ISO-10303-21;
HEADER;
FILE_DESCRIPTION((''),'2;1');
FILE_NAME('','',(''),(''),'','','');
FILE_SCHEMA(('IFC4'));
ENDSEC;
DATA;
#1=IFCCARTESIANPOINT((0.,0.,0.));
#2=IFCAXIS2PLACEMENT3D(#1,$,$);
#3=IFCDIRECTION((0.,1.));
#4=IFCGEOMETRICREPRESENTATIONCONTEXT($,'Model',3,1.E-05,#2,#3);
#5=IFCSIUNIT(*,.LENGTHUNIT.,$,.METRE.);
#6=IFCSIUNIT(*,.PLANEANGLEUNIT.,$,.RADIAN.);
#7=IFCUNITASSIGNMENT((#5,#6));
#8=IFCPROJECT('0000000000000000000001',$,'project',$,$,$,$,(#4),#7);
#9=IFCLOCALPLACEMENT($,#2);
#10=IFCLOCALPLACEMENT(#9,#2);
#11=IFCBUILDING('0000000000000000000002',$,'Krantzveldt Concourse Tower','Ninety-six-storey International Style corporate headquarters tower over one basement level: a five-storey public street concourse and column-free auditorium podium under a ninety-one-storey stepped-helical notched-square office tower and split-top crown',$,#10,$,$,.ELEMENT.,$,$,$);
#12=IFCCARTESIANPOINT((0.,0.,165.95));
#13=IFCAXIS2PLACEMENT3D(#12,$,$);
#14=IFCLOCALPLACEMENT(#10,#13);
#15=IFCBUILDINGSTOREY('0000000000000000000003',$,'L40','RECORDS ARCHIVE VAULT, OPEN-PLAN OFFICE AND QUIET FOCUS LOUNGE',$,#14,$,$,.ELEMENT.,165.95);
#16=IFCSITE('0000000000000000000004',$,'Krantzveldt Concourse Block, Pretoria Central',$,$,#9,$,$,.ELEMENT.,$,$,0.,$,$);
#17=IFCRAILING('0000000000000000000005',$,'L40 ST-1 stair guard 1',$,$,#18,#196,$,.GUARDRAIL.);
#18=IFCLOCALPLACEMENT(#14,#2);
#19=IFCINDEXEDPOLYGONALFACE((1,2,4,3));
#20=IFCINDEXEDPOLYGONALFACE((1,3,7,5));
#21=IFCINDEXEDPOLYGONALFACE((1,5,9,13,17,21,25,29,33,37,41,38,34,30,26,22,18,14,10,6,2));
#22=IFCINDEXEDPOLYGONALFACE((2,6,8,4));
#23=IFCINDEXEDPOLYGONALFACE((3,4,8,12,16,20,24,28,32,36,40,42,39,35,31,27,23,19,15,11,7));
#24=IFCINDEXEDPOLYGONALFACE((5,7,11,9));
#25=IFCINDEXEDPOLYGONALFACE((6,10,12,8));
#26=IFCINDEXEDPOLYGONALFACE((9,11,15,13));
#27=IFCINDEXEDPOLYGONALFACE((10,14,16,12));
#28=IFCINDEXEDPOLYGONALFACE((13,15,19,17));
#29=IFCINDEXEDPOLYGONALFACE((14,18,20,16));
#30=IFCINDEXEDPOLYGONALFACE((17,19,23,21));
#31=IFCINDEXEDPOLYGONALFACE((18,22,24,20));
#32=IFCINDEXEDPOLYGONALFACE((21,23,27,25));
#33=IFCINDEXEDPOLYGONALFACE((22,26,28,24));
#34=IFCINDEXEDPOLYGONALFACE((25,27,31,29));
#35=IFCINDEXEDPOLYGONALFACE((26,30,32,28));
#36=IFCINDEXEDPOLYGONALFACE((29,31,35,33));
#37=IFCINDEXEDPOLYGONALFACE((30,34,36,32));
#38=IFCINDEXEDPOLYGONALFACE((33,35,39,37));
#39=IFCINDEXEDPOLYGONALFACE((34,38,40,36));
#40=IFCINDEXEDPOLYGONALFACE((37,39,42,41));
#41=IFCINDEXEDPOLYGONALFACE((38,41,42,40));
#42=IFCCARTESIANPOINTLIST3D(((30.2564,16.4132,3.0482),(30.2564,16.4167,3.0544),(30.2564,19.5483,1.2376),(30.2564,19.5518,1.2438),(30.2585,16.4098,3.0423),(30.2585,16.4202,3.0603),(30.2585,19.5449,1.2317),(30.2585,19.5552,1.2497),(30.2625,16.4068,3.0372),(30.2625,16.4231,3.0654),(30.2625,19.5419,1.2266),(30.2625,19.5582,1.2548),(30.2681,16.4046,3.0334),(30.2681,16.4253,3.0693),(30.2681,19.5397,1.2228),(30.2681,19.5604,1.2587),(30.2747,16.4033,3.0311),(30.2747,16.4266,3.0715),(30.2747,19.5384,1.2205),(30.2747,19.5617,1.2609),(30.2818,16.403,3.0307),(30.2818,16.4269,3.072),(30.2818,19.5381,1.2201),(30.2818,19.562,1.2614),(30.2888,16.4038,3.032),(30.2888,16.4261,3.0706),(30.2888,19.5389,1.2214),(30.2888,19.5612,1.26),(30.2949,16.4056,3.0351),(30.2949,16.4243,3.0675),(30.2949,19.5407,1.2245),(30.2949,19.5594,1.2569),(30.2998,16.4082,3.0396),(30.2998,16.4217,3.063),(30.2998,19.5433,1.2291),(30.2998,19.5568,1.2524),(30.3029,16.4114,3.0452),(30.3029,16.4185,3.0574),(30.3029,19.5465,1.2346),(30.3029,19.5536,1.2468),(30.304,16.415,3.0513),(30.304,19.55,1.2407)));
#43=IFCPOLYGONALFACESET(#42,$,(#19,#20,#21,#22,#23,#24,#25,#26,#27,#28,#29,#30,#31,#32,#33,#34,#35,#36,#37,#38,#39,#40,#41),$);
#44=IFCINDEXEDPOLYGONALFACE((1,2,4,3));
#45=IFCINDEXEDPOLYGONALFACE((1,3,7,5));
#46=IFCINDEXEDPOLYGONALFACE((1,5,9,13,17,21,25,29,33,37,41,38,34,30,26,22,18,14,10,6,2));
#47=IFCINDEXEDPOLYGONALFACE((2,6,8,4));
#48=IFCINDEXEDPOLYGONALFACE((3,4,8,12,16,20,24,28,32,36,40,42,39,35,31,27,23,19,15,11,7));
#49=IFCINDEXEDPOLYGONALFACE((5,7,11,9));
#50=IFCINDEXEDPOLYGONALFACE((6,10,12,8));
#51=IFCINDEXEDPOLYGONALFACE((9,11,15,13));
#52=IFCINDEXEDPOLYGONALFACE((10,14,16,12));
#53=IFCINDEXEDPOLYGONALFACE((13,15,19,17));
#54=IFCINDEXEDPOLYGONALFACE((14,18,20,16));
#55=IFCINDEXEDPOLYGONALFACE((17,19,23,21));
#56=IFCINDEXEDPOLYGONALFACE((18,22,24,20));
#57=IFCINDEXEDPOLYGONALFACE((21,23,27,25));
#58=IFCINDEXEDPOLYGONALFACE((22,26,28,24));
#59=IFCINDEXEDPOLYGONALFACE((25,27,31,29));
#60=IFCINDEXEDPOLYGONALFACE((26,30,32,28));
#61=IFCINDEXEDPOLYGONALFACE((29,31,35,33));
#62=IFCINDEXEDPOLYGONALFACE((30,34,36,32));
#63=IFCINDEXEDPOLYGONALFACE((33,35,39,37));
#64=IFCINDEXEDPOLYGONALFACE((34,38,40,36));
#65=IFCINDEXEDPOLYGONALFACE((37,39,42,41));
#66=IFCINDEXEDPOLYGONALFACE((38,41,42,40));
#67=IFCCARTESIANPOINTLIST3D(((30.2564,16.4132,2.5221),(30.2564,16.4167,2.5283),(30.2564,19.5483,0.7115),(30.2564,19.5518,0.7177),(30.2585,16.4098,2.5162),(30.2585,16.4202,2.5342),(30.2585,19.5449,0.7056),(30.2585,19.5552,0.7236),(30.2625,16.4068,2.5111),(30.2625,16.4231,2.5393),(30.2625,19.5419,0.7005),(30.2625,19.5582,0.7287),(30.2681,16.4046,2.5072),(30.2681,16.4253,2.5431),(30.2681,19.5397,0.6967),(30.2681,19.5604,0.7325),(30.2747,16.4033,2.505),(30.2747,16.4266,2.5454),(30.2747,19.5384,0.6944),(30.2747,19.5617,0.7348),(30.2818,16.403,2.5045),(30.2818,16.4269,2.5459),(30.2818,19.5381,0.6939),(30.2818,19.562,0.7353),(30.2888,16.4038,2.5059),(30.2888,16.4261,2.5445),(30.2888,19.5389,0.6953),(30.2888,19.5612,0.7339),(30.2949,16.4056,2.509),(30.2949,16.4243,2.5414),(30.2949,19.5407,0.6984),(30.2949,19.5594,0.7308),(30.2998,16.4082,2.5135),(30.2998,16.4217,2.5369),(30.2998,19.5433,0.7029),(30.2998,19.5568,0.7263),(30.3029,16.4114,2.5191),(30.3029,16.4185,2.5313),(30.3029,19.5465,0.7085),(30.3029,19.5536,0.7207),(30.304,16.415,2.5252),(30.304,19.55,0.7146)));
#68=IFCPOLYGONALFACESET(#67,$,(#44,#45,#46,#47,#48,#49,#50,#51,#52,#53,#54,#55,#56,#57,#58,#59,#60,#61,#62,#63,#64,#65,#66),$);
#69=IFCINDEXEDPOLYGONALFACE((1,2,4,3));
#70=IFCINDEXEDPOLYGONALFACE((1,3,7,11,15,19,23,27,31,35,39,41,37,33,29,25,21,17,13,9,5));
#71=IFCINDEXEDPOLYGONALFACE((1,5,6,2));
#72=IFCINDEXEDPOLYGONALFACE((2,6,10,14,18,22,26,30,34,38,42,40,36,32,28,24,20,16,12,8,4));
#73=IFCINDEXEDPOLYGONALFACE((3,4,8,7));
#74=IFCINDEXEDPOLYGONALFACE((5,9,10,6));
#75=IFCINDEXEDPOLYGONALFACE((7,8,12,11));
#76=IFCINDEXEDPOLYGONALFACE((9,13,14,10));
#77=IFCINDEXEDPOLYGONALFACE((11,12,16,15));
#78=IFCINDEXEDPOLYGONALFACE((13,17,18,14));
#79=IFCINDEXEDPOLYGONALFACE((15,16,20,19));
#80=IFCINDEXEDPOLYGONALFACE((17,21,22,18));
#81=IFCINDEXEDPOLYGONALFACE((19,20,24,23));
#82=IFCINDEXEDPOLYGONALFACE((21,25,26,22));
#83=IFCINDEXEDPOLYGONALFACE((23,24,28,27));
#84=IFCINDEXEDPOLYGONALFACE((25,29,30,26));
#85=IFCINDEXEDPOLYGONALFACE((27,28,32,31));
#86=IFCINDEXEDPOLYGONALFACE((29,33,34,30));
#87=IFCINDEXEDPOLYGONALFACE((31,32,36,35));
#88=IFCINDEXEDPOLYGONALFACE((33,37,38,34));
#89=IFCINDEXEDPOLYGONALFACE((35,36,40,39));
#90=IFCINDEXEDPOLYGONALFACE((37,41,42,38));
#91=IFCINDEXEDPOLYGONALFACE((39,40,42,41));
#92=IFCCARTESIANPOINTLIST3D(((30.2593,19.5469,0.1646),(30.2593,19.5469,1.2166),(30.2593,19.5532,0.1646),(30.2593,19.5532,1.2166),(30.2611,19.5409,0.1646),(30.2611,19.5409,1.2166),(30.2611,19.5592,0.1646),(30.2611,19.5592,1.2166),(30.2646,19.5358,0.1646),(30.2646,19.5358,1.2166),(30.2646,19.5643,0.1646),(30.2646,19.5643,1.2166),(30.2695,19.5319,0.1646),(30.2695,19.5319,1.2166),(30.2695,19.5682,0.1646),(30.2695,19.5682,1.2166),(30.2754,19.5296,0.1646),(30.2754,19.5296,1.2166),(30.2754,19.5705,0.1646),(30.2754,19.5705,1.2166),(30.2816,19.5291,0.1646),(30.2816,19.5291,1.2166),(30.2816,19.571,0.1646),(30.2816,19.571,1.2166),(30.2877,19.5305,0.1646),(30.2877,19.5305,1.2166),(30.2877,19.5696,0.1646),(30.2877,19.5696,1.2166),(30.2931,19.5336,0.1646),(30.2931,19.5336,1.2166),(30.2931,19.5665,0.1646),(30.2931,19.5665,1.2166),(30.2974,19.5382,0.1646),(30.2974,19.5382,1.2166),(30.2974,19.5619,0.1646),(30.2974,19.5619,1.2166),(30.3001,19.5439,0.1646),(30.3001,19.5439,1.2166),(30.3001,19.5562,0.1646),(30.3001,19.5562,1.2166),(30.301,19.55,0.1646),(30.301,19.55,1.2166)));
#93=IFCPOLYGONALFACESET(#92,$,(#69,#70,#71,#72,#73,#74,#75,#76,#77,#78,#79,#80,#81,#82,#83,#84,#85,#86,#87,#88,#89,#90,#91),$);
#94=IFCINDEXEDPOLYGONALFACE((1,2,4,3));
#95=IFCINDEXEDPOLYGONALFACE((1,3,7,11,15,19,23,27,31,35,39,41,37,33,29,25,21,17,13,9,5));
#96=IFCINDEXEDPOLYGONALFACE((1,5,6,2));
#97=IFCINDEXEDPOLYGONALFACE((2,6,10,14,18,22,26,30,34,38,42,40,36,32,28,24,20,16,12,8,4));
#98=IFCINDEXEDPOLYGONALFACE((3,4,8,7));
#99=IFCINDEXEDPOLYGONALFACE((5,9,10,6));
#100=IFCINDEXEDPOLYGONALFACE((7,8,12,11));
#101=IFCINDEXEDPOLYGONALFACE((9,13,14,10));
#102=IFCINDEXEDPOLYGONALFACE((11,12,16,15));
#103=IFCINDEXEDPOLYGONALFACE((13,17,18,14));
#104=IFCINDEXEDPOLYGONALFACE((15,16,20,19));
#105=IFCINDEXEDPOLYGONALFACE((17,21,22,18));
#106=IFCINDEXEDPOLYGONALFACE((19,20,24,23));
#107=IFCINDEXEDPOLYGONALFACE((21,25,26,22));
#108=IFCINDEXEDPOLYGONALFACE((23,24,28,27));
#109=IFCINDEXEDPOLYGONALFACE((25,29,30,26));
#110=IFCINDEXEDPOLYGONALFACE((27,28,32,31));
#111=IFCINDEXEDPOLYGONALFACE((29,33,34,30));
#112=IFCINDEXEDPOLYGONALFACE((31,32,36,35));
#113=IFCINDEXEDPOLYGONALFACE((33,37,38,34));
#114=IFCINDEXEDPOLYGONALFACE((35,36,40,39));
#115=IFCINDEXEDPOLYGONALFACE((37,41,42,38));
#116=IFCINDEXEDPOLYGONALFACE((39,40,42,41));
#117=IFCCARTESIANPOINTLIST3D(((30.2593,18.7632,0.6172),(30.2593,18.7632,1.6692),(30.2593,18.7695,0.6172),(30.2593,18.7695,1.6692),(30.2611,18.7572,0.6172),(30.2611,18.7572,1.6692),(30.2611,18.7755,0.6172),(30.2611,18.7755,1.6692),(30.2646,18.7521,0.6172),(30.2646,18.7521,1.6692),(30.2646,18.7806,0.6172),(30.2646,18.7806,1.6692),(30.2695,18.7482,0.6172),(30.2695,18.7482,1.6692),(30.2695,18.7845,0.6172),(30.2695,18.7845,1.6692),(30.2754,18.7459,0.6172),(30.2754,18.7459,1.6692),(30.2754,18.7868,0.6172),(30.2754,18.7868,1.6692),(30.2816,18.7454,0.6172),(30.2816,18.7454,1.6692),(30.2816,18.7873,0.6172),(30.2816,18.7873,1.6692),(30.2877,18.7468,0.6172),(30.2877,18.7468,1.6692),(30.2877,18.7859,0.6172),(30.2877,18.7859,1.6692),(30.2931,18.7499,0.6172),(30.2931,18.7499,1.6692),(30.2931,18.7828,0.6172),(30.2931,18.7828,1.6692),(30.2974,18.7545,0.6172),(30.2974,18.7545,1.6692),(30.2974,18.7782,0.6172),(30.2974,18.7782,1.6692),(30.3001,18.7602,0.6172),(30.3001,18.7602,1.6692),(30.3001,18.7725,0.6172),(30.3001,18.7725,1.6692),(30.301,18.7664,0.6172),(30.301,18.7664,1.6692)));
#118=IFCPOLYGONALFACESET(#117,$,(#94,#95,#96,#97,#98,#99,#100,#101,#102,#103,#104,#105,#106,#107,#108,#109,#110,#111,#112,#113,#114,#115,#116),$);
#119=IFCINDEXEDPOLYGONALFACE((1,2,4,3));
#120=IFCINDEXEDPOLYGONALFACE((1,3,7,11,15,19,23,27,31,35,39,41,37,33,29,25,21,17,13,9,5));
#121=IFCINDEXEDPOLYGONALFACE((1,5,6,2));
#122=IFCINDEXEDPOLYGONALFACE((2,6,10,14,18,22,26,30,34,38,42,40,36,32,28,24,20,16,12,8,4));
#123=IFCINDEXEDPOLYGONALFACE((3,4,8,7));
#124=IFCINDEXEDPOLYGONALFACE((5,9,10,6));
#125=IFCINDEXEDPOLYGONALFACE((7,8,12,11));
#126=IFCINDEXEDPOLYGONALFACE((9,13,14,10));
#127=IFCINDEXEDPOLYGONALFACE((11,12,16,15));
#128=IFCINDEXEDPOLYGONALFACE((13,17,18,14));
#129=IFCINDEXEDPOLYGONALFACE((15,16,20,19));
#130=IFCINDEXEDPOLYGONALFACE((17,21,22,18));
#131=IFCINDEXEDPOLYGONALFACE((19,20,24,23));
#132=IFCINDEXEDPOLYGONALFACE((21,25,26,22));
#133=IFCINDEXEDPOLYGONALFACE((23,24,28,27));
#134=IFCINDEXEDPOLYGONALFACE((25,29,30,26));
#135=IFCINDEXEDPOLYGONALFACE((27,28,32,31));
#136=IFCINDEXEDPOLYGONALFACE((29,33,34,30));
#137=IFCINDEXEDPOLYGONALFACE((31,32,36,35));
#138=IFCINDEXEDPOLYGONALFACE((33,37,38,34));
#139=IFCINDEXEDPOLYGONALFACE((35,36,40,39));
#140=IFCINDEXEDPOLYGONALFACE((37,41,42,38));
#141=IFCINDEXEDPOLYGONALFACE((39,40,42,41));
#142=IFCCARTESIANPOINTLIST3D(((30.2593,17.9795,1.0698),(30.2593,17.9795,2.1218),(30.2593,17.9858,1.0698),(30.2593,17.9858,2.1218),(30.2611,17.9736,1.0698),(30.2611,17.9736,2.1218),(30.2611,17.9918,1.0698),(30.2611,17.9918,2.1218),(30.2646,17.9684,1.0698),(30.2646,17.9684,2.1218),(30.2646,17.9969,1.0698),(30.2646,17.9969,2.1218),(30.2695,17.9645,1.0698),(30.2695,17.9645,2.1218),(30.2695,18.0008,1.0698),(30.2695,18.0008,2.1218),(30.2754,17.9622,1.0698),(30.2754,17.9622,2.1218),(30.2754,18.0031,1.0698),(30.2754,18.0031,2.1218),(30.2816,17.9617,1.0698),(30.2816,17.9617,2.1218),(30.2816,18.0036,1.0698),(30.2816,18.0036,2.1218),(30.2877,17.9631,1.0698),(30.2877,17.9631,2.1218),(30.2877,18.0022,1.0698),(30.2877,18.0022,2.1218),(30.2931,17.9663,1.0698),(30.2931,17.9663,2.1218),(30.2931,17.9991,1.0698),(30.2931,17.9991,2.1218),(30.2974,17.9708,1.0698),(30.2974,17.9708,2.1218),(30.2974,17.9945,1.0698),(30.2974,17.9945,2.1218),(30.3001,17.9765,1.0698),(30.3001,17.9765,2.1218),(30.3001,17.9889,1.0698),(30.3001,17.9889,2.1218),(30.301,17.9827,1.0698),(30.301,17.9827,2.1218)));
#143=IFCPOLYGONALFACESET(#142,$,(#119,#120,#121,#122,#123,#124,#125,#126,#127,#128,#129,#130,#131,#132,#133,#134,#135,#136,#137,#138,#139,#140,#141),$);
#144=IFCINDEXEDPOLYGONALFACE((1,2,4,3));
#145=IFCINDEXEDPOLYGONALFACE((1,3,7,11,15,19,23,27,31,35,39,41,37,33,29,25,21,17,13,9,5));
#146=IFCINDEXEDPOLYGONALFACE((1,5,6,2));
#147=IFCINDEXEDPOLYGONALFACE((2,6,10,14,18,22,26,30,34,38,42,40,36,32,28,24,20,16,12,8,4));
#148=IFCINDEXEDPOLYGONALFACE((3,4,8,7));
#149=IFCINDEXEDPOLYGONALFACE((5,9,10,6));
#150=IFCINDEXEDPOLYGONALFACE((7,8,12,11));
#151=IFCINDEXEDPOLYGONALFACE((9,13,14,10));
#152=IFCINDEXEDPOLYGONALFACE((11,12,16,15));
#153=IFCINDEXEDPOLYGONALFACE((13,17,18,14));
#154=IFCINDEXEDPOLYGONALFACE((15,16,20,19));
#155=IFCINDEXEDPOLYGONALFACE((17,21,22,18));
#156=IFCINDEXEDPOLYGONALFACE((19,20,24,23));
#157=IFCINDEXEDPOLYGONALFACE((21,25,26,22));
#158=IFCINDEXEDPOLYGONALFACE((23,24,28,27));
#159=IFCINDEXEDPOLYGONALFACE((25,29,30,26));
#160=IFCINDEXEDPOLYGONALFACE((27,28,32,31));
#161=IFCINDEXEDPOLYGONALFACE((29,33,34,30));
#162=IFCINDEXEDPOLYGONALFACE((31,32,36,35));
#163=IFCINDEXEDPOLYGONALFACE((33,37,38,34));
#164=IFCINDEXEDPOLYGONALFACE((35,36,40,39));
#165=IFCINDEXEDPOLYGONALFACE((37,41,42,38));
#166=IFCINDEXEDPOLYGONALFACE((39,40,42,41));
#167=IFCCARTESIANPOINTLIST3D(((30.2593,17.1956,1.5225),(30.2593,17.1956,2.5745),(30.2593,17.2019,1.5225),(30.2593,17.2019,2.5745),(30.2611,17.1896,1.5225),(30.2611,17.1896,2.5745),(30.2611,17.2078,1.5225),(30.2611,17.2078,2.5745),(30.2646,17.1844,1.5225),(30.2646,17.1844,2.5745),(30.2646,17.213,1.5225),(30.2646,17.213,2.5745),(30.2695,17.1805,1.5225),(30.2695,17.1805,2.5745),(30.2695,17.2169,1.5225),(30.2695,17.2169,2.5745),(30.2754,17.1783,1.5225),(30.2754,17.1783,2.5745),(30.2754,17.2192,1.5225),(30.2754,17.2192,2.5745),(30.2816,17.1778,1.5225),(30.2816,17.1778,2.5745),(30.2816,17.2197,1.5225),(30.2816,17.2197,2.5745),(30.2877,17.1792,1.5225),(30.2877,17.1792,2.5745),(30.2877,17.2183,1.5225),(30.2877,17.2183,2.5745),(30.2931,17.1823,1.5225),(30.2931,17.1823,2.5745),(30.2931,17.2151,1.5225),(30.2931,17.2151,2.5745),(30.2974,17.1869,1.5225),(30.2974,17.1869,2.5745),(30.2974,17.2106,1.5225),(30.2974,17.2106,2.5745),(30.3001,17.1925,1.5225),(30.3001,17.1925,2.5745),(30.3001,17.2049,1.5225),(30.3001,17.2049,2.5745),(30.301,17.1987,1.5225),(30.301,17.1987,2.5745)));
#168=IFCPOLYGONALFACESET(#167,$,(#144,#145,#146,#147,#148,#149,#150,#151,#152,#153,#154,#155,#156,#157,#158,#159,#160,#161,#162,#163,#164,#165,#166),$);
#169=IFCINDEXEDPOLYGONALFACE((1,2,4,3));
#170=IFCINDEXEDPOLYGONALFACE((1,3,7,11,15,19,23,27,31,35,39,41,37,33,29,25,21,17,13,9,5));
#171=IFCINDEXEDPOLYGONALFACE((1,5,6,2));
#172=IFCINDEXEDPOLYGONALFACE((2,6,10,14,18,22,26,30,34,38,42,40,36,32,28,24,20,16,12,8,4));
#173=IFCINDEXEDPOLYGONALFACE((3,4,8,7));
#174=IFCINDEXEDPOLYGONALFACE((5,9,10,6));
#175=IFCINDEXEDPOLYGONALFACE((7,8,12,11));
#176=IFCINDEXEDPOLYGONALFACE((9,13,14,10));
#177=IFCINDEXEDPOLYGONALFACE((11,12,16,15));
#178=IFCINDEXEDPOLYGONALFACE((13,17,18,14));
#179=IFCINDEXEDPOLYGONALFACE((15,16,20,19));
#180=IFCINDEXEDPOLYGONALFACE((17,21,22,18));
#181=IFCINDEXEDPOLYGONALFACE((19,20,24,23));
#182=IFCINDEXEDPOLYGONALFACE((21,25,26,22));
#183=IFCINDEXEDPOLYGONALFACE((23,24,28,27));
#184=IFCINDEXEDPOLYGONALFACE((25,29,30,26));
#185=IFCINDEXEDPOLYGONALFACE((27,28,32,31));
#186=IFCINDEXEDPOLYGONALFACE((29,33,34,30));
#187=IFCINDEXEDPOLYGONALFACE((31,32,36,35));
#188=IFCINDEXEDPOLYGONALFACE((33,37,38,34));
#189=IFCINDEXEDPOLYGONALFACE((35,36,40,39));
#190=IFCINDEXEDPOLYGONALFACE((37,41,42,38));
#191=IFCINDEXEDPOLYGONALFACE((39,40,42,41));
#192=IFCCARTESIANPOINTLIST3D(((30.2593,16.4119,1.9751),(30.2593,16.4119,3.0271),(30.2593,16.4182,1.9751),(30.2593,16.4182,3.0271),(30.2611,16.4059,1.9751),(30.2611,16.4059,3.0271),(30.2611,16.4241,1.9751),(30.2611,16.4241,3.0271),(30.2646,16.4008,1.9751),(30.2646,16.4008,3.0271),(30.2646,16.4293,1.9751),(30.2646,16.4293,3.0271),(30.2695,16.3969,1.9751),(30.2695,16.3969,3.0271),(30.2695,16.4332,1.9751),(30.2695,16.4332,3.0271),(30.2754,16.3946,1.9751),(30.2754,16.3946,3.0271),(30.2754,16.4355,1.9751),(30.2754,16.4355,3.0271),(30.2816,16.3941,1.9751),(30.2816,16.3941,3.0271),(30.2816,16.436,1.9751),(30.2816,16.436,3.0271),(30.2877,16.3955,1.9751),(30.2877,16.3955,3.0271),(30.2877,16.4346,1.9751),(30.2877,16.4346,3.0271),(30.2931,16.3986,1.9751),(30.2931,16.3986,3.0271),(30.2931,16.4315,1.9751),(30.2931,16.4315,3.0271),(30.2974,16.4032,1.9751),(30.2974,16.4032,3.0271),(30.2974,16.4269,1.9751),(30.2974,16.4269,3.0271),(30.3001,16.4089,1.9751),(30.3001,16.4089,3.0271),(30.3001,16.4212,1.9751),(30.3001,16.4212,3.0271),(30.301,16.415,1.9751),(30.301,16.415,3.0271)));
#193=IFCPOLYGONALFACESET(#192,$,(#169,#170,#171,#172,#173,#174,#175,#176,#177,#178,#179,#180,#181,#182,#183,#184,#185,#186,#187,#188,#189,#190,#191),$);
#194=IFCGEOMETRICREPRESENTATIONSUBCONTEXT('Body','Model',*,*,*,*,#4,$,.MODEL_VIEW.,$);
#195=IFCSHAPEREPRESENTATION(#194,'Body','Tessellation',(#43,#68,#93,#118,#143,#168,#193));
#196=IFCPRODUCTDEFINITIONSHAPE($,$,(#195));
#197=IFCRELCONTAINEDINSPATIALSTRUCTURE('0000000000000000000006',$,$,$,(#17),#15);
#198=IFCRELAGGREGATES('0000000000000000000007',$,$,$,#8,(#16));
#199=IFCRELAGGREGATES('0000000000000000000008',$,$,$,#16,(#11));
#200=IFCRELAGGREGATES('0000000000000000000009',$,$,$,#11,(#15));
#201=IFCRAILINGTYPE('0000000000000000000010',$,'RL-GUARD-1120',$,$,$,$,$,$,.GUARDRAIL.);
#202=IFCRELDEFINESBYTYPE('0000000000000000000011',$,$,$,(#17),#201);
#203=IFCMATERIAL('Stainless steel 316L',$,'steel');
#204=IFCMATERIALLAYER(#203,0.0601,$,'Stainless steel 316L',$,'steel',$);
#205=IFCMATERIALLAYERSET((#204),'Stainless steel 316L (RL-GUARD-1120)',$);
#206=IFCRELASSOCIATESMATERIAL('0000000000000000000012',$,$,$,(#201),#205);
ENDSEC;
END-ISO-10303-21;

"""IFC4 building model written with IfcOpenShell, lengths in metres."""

from ifc_helpers import new_model, si_unit, direction, frame, origin, origin_2d, place, context, subcontext, project, spatial, circle, extrude, material, layer, layer_set, type_object, element, save


model = new_model("IFC4")

# Units and contexts
model_context = context("Model", 3, precision=1e-05, world=origin(), true_north=direction((0.0, 1.0)))
body_context = subcontext(model_context, "Body", "Model", "MODEL_VIEW")
ifc_project = project(units=[si_unit("LENGTHUNIT", "METRE"), si_unit("PLANEANGLEUNIT", "RADIAN")], contexts=[model_context])

# Site, building, storey
site_placement = place(None, origin())
site = spatial("IfcSite", under=ifc_project, at=site_placement, Name="Krantzveldt Concourse Block, Pretoria Central", CompositionType="ELEMENT", RefElevation=0.0)
building_placement = place(site_placement, origin())
building = spatial("IfcBuilding", under=site, at=building_placement, Name="Krantzveldt Concourse Tower", Description="Ninety-six-storey International Style corporate headquarters tower over one basement level: a five-storey public street concourse and column-free auditorium podium under a ninety-one-storey stepped-helical notched-square office tower and split-top crown", CompositionType="ELEMENT")
storey_placement = place(building_placement, frame((0.0, 0.0, 165.95)))
storey = spatial("IfcBuildingStorey", under=building, at=storey_placement, Name="L40", Description="RECORDS ARCHIVE VAULT, OPEN-PLAN OFFICE AND QUIET FOCUS LOUNGE", CompositionType="ELEMENT", Elevation=165.95)

# Railing
ifc_material_1 = material(Name="Stainless steel 316L", Category="steel")
ifc_layer_1 = layer(ifc_material_1, 0.0601, Name="Stainless steel 316L", Category="steel")
ifc_layer_set_1 = layer_set([ifc_layer_1], Name="Stainless steel 316L (RL-GUARD-1120)")
railing_type_1 = type_object("IfcRailingType", Name="RL-GUARD-1120", PredefinedType="GUARDRAIL", material=ifc_layer_set_1)
railing_1_placement = place(storey_placement, frame((30.28, 19.55, 0.1646)))
element("IfcRailing", 1, at=railing_1_placement, inside=storey, type_object=railing_type_1, Name="L40 ST-1 stair guard 1", PredefinedType="GUARDRAIL", context=body_context, shape_type="SweptSolid", body=[
    extrude(circle(Radius=0.0239, at=origin_2d()), frame((0.0, 0.0, 1.0762), z_axis=(0.0, -0.86596, 0.500114), x_axis=(1.0, 0.0, 0.0)), (0.0, 0.0, 1.0), 3.6204),
    extrude(circle(Radius=0.0239, at=origin_2d()), frame((0.0, 0.0, 0.55), z_axis=(0.0, -0.86596, 0.500114), x_axis=(1.0, 0.0, 0.0)), (0.0, 0.0, 1.0), 3.6204),
    extrude(circle(Radius=0.021, at=origin_2d()), origin(), (0.0, 0.0, 1.0), 1.052),
    extrude(circle(Radius=0.021, at=origin_2d()), frame((0.0, -0.7837, 0.4526)), (0.0, 0.0, 1.0), 1.052),
    extrude(circle(Radius=0.021, at=origin_2d()), frame((0.0, -1.5674, 0.9053)), (0.0, 0.0, 1.0), 1.052),
    extrude(circle(Radius=0.021, at=origin_2d()), frame((0.0, -2.3513, 1.3579)), (0.0, 0.0, 1.0), 1.052),
    extrude(circle(Radius=0.021, at=origin_2d()), frame((0.0, -3.135, 1.8105)), (0.0, 0.0, 1.0), 1.052),
])

save(model, "model.ifc")
